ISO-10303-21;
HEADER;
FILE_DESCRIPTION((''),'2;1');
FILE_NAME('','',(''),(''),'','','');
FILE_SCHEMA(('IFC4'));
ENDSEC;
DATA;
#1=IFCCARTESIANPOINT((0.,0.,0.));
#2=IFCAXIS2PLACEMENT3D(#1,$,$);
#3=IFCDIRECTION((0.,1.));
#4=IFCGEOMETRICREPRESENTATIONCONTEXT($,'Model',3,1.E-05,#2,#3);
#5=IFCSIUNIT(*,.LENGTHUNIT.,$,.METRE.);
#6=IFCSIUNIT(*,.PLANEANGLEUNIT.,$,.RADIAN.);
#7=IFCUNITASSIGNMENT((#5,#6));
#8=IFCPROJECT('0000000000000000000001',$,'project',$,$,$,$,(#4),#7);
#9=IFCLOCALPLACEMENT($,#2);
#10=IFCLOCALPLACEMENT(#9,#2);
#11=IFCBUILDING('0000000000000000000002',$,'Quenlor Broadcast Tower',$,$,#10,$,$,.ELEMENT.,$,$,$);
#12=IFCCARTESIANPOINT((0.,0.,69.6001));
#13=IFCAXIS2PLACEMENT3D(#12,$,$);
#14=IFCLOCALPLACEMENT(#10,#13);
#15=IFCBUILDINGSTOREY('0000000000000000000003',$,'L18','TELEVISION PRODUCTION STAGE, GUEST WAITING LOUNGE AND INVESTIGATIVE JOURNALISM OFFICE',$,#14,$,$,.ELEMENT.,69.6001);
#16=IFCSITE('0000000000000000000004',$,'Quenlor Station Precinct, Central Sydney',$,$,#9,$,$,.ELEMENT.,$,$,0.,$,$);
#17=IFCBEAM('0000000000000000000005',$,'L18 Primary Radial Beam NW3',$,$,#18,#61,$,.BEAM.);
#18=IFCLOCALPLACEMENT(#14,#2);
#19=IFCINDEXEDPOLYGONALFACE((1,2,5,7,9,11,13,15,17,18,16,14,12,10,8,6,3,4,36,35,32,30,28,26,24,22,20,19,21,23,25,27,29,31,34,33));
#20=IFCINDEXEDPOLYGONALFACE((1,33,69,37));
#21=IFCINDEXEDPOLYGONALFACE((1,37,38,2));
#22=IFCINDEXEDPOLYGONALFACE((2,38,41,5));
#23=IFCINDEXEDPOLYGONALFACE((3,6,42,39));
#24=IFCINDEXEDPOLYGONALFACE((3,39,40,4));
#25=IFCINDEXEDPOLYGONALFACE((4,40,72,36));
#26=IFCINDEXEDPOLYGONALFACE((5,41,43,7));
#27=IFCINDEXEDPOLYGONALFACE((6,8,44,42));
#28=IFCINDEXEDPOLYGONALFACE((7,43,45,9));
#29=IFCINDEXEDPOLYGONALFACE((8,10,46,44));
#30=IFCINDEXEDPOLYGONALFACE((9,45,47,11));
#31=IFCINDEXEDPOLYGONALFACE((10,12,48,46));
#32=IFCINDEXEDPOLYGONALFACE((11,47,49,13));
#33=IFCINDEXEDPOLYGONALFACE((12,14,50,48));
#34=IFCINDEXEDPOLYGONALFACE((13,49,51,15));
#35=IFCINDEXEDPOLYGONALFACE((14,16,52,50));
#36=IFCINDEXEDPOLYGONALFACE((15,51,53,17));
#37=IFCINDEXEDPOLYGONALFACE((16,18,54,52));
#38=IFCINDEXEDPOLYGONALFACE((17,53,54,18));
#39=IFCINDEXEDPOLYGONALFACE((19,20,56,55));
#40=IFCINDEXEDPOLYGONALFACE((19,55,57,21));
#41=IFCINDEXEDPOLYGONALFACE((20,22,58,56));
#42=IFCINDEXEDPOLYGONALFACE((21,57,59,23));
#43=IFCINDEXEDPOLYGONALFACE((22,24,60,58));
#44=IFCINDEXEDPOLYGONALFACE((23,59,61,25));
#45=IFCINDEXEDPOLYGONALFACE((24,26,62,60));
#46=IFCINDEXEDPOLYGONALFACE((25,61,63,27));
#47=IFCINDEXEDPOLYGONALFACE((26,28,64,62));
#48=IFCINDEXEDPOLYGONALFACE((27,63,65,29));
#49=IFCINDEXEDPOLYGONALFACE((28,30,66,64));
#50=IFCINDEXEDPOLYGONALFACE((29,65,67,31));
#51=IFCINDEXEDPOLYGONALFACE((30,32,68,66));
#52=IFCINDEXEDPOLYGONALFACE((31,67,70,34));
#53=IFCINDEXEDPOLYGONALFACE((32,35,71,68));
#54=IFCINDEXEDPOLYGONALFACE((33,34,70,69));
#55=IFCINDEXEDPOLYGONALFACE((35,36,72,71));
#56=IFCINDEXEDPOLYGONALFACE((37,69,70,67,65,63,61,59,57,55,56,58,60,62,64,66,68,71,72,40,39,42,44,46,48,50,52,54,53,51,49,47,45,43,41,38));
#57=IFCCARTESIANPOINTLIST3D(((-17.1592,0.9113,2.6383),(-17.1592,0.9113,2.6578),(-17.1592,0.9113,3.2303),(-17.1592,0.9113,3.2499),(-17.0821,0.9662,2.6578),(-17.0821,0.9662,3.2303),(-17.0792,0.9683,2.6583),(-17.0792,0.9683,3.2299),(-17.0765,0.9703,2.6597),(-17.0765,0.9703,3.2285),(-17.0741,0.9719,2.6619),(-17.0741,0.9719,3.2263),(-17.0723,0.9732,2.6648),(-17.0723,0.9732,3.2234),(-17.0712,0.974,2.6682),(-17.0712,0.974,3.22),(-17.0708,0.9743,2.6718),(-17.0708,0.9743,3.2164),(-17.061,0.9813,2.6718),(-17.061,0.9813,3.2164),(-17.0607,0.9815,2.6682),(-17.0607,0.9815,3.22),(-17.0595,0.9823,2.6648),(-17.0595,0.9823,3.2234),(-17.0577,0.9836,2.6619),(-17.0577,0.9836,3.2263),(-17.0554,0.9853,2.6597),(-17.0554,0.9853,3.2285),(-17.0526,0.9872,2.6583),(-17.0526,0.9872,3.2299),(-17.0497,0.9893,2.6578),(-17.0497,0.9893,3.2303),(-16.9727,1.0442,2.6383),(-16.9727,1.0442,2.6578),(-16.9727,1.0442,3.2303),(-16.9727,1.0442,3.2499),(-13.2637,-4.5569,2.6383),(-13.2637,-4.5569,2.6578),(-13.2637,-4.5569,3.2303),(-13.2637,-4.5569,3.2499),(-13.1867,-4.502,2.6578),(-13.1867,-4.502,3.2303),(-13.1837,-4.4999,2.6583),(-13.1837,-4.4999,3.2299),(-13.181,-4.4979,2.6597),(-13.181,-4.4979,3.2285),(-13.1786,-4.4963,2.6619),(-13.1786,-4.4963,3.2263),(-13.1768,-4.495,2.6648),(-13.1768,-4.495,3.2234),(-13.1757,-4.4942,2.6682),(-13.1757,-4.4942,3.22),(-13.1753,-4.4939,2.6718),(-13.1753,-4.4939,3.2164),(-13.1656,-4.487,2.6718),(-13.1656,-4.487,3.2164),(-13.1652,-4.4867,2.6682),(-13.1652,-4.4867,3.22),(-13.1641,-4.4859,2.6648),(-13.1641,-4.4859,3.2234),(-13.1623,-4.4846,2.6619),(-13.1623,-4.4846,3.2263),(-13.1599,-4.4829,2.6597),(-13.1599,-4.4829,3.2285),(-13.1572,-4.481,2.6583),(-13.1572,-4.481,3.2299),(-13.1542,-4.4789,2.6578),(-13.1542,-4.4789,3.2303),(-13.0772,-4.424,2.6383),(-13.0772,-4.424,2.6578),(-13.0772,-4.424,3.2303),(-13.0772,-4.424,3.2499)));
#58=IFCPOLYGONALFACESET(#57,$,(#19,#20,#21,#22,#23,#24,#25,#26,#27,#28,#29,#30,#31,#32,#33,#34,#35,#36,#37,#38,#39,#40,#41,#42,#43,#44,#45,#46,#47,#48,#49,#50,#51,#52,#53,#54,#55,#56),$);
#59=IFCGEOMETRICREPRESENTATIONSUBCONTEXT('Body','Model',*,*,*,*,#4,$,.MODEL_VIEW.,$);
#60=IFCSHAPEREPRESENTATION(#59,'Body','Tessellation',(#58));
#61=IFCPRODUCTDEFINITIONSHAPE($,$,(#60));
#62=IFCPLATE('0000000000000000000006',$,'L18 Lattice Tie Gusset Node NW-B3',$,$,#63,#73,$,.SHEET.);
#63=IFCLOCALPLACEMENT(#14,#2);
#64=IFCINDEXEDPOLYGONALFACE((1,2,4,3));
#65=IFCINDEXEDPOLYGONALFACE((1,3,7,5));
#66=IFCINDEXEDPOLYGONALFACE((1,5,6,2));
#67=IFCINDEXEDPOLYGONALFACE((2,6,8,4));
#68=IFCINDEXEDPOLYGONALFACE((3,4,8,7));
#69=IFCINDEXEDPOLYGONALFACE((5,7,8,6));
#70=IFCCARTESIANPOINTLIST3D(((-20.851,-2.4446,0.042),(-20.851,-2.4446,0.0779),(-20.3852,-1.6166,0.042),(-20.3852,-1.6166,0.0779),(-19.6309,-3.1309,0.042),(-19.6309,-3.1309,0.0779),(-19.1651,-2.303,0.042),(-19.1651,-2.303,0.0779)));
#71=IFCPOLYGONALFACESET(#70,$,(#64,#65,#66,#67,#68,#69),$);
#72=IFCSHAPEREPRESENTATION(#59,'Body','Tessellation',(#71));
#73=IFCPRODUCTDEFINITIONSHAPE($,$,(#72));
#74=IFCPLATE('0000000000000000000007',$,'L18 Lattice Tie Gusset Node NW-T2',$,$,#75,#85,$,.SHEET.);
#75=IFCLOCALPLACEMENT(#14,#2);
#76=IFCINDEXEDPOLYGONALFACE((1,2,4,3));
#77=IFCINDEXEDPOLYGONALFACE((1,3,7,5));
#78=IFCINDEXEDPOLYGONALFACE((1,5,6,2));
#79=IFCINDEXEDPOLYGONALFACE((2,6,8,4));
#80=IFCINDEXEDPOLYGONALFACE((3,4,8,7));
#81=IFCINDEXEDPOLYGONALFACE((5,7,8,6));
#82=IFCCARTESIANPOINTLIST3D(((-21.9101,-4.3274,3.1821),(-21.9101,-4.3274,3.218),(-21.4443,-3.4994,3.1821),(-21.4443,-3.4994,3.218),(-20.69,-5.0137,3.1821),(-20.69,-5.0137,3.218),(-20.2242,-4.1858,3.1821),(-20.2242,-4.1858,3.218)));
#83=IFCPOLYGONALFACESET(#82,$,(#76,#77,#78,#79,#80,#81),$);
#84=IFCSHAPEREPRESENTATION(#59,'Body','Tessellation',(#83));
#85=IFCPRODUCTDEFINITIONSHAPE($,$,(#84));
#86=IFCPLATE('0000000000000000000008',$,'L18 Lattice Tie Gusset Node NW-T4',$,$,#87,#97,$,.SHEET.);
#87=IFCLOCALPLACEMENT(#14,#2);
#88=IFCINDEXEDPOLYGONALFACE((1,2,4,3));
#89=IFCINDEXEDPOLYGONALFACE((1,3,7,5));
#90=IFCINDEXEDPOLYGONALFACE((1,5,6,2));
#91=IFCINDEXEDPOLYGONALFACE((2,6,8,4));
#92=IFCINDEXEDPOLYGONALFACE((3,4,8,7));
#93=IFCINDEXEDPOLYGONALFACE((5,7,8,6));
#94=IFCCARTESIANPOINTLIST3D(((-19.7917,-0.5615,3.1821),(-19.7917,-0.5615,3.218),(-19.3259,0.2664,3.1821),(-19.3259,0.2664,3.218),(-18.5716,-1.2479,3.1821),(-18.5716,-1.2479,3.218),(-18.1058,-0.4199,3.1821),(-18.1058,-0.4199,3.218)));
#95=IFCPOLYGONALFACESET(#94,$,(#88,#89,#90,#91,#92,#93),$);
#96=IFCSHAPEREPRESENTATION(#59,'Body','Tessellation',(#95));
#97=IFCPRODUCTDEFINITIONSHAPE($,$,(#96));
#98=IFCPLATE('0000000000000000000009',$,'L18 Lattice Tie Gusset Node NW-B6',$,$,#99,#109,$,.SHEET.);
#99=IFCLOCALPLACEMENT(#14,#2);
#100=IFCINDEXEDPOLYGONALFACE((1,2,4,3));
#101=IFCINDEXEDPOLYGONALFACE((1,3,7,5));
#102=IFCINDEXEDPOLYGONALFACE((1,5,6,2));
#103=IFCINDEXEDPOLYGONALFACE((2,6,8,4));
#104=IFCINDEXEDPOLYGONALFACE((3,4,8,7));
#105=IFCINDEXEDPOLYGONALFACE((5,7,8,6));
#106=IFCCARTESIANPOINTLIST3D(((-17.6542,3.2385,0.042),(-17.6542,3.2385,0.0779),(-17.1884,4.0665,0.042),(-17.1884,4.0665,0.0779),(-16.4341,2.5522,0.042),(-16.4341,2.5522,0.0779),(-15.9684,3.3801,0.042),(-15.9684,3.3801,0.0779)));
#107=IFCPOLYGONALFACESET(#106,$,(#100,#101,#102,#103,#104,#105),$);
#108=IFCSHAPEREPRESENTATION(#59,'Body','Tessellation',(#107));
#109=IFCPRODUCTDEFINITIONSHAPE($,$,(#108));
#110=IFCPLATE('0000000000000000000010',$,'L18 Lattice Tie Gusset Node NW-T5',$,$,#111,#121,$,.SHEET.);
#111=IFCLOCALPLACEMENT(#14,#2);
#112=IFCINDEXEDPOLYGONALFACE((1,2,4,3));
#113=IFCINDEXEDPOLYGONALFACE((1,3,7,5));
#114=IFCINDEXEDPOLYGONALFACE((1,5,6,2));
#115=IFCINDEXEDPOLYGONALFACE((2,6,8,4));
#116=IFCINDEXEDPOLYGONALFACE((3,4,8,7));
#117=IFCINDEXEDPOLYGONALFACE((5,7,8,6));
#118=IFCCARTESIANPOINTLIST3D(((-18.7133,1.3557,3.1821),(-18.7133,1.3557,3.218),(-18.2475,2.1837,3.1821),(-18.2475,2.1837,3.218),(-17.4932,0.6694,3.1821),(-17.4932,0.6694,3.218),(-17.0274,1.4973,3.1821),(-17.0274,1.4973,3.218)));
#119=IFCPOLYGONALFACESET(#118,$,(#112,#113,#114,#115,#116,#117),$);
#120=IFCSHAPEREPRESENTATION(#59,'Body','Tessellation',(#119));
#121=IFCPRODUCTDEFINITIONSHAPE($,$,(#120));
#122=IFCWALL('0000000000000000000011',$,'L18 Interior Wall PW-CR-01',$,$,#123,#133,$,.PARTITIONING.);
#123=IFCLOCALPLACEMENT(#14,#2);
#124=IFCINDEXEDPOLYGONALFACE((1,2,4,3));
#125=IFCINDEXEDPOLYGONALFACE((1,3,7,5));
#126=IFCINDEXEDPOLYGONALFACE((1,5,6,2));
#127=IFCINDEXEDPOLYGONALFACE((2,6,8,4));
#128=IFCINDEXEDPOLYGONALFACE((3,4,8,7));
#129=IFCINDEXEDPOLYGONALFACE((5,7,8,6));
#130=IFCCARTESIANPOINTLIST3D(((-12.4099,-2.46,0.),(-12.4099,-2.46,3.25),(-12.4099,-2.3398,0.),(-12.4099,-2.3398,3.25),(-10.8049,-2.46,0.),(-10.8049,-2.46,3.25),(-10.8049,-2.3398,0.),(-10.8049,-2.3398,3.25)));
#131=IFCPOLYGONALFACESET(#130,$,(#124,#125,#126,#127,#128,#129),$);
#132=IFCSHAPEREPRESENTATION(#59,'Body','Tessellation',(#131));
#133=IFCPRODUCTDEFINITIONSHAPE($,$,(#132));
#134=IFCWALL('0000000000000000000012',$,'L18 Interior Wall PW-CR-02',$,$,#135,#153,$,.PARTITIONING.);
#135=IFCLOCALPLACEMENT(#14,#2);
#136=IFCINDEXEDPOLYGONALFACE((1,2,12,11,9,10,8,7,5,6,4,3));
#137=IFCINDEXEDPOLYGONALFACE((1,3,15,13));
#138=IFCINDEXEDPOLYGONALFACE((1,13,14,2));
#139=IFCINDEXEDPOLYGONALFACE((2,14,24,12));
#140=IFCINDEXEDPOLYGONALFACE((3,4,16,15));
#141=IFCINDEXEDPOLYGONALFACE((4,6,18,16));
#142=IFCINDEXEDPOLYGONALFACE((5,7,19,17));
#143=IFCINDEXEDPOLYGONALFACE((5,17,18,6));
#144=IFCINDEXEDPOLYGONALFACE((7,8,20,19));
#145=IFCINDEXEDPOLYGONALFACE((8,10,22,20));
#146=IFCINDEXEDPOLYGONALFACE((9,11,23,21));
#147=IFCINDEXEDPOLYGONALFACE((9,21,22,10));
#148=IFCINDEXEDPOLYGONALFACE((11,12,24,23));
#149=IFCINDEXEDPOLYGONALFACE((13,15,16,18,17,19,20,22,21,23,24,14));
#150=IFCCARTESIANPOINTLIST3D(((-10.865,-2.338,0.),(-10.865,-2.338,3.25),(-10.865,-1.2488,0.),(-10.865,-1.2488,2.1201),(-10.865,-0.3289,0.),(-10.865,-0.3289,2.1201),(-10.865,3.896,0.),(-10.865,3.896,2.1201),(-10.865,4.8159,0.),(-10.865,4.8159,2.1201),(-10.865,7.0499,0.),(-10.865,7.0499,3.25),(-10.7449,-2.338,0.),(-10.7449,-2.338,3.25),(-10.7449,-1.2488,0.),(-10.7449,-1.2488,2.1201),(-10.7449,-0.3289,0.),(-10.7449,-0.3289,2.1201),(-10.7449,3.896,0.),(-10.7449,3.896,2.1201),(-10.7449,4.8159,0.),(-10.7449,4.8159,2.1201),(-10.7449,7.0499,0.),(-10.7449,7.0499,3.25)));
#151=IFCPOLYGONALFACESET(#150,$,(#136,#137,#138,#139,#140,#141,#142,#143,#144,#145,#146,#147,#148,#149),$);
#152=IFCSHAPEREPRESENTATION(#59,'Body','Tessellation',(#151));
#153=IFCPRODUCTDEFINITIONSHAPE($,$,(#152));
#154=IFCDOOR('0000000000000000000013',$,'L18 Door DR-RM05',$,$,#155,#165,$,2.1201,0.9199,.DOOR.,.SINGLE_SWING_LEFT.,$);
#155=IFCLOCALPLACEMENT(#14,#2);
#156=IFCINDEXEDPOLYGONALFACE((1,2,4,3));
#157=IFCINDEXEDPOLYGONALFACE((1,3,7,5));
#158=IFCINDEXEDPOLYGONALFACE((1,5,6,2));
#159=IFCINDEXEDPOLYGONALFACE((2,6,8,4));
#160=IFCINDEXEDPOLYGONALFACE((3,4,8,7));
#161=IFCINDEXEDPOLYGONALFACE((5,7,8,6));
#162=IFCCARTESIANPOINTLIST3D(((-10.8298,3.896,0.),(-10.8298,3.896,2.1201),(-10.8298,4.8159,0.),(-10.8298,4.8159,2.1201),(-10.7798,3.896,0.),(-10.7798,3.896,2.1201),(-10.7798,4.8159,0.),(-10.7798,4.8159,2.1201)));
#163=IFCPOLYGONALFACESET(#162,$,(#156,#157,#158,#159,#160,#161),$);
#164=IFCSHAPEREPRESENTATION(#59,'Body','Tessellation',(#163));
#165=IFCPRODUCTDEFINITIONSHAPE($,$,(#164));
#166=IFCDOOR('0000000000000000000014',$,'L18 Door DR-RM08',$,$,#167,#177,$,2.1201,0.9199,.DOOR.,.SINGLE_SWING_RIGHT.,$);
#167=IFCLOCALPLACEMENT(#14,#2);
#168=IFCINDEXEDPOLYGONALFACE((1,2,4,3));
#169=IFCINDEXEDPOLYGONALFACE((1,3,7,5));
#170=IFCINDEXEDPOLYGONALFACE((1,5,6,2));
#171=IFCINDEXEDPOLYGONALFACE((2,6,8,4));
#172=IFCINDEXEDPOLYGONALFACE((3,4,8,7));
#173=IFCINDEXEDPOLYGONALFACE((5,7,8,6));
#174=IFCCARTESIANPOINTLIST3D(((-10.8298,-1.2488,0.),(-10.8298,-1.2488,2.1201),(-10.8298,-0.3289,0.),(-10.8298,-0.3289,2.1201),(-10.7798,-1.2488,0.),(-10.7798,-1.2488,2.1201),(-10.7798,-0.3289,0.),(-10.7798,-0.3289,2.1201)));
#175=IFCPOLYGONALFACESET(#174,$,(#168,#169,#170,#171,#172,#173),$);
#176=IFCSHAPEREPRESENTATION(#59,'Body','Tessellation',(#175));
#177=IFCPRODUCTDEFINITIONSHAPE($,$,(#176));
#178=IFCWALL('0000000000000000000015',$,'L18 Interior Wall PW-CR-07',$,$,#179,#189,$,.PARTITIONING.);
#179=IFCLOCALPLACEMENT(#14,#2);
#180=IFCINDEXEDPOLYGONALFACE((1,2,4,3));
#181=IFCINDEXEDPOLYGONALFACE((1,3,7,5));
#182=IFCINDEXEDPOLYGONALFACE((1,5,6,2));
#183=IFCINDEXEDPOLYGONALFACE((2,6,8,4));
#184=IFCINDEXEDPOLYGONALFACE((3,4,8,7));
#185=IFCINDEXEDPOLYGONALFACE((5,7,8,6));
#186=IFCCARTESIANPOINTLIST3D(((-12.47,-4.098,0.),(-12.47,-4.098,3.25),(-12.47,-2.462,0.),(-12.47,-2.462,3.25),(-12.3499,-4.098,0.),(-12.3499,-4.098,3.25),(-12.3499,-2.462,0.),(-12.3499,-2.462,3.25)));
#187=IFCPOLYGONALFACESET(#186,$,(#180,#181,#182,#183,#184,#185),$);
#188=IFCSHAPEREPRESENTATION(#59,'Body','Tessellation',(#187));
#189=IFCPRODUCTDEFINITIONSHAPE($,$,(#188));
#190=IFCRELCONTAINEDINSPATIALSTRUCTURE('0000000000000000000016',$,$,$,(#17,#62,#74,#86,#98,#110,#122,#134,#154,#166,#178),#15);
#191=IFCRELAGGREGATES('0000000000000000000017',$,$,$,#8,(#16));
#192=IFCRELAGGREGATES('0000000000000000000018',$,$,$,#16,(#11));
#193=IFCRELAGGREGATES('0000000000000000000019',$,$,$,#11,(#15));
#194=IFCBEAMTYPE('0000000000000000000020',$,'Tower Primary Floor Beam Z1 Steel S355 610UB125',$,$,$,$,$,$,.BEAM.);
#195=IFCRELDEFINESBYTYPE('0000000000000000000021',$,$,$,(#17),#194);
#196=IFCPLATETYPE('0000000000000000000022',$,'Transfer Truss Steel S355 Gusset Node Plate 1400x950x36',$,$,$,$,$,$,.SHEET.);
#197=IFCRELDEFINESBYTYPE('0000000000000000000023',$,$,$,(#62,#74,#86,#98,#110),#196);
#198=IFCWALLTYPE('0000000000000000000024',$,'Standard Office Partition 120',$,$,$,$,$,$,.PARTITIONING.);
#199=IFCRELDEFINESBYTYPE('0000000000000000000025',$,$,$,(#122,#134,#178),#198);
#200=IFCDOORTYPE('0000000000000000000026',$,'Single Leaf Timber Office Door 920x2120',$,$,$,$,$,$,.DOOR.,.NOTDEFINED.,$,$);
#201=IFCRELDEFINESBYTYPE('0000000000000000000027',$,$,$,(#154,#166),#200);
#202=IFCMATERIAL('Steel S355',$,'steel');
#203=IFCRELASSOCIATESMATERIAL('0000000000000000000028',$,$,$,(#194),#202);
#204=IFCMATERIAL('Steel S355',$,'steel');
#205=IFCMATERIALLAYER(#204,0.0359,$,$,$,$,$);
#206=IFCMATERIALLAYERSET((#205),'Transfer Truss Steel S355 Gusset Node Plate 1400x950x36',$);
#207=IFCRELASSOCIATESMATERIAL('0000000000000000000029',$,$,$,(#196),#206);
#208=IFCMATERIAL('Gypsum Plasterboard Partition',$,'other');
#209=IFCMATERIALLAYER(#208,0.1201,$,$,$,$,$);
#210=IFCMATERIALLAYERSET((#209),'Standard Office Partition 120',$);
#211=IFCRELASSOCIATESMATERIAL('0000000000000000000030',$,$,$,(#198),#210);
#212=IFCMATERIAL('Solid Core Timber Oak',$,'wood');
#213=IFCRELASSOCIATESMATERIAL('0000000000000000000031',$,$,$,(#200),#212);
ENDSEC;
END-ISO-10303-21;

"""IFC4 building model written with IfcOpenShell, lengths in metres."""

from ifc_helpers import new_model, si_unit, direction, frame, frame_2d, origin, origin_2d, place, context, subcontext, project, spatial, rectangle, i_section, extrude, material, layer, layer_set, material_profile, profile_set, type_object, element, fill, save


model = new_model("IFC4")

# Units and contexts
model_context = context("Model", 3, precision=1e-05, world=origin(), true_north=direction((0.0, 1.0)))
body_context = subcontext(model_context, "Body", "Model", "MODEL_VIEW")
ifc_project = project(units=[si_unit("LENGTHUNIT", "METRE"), si_unit("PLANEANGLEUNIT", "RADIAN")], contexts=[model_context])

# Site, building, storey
site_placement = place(None, origin())
site = spatial("IfcSite", under=ifc_project, at=site_placement, Name="Quenlor Station Precinct, Central Sydney", CompositionType="ELEMENT", RefElevation=0.0)
building_placement = place(site_placement, origin())
building = spatial("IfcBuilding", under=site, at=building_placement, Name="Quenlor Broadcast Tower", CompositionType="ELEMENT")
storey_placement = place(building_placement, frame((0.0, 0.0, 69.6001)))
storey = spatial("IfcBuildingStorey", under=building, at=storey_placement, Name="L18", Description="TELEVISION PRODUCTION STAGE, GUEST WAITING LOUNGE AND INVESTIGATIVE JOURNALISM OFFICE", CompositionType="ELEMENT", Elevation=69.6001)

# Beam
ifc_material_1 = material(Name="Steel S355", Category="steel")
ifc_material_profile_1 = material_profile(ifc_material_1, i_section(OverallWidth=0.229, OverallDepth=0.6116, WebThickness=0.012, FlangeThickness=0.0195, FilletRadius=0.0139, at=origin_2d()))
ifc_profile_set_1 = profile_set([ifc_material_profile_1], Name="Steel S355 610UB125")
beam_type_1 = type_object("IfcBeamType", Name="Tower Primary Floor Beam Z1 Steel S355 610UB125", PredefinedType="BEAM", material=ifc_profile_set_1)
beam_1_placement = place(storey_placement, frame((-17.0659, 0.9778, 2.9441), z_axis=(0.580213, -0.814465, 0.0), x_axis=(0.814465, 0.580213, 0.0)))
element("IfcBeam", 1, at=beam_1_placement, inside=storey, type_object=beam_type_1, Name="L18 Primary Radial Beam NW3", PredefinedType="BEAM", context=body_context, shape_type="SweptSolid", body=[
    extrude(i_section(OverallWidth=0.229, OverallDepth=0.6116, WebThickness=0.012, FlangeThickness=0.0195, FilletRadius=0.0139, at=origin_2d()), origin(), (0.0, 0.0, 1.0), 6.7139),
])

# Plates
ifc_material_2 = material(Name="Steel S355", Category="steel")
ifc_layer_1 = layer(ifc_material_2, 0.0359)
ifc_layer_set_1 = layer_set([ifc_layer_1], Name="Transfer Truss Steel S355 Gusset Node Plate 1400x950x36")
plate_type = type_object("IfcPlateType", Name="Transfer Truss Steel S355 Gusset Node Plate 1400x950x36", PredefinedType="SHEET", material=ifc_layer_set_1)
for number, where, z_axis, x_axis, name in (
    (2, (-20.0081, -2.3738, 0.042), (0.0, 0.0, 1.0), (-0.871556, 0.490295, 0.0), "L18 Lattice Tie Gusset Node NW-B3"),
    (3, (-21.0671, -4.2566, 3.1821), (0.0, 0.0, 1.0), (-0.871556, 0.490295, 0.0), "L18 Lattice Tie Gusset Node NW-T2"),
    (4, (-18.9487, -0.4907, 3.1821), (0.0, 0.0, 1.0), (-0.871556, 0.490295, 0.0), "L18 Lattice Tie Gusset Node NW-T4"),
    (5, (-16.8113, 3.3093, 0.042), (0.0, 0.0, 1.0), (-0.871556, 0.490295, 0.0), "L18 Lattice Tie Gusset Node NW-B6"),
    (6, (-17.8704, 1.4265, 3.1821), (0.0, 0.0, 1.0), (-0.871556, 0.490295, 0.0), "L18 Lattice Tie Gusset Node NW-T5"),
):
    element("IfcPlate", number, at=place(storey_placement, frame(where, z_axis=z_axis, x_axis=x_axis)), inside=storey, type_object=plate_type, Name=name, PredefinedType="SHEET", context=body_context, shape_type="SweptSolid", body=[
        extrude(rectangle(XDim=1.3999, YDim=0.95, at=origin_2d()), origin(), (0.0, 0.0, 1.0), 0.0359),
    ])

# Wall
ifc_material_3 = material(Name="Gypsum Plasterboard Partition", Category="other")
ifc_layer_2 = layer(ifc_material_3, 0.1201)
ifc_layer_set_2 = layer_set([ifc_layer_2], Name="Standard Office Partition 120")
wall_type_1 = type_object("IfcWallType", Name="Standard Office Partition 120", PredefinedType="PARTITIONING", material=ifc_layer_set_2)
wall_1_placement = place(storey_placement, frame((-12.4099, -2.3999, 0.0), z_axis=(0.0, 0.0, 1.0), x_axis=(1.0, 0.0, 0.0)))
element("IfcWall", 7, at=wall_1_placement, inside=storey, type_object=wall_type_1, Name="L18 Interior Wall PW-CR-01", PredefinedType="PARTITIONING", context=body_context, shape_type="SweptSolid", body=[
    extrude(rectangle(XDim=1.605, YDim=0.1201, at=frame_2d((0.8025, 0.0))), origin(), (0.0, 0.0, 1.0), 3.25),
])

# Wall, openings, doors
wall_2_placement = place(storey_placement, frame((-10.8049, -2.3379, 0.0), z_axis=(0.0, 0.0, 1.0), x_axis=(0.0, 1.0, 0.0)))
wall_2 = element("IfcWall", 8, at=wall_2_placement, inside=storey, type_object=wall_type_1, Name="L18 Interior Wall PW-CR-02", PredefinedType="PARTITIONING", context=body_context, shape_type="SweptSolid", body=[
    extrude(rectangle(XDim=9.3879, YDim=0.1201, at=frame_2d((4.6938, 0.0))), origin(), (0.0, 0.0, 1.0), 3.25),
])
opening_1_placement = place(wall_2_placement, frame((6.2339, 0.0, 0.0)))
opening_1 = element("IfcOpeningElement", 9, at=opening_1_placement, cuts=wall_2, PredefinedType="OPENING", context=body_context, shape_type="SweptSolid", body=[
    extrude(rectangle(XDim=0.9199, YDim=2.1201, at=frame_2d((0.46, 1.0601))), frame((0.0, 0.0701, 0.0), z_axis=(0.0, -1.0, 0.0), x_axis=(1.0, 0.0, 0.0)), (0.0, 0.0, 1.0), 0.1401),
])
opening_2_placement = place(wall_2_placement, frame((1.0891, 0.0, 0.0)))
opening_2 = element("IfcOpeningElement", 10, at=opening_2_placement, cuts=wall_2, PredefinedType="OPENING", context=body_context, shape_type="SweptSolid", body=[
    extrude(rectangle(XDim=0.9199, YDim=2.1201, at=frame_2d((0.46, 1.0601))), frame((0.0, 0.0701, 0.0), z_axis=(0.0, -1.0, 0.0), x_axis=(1.0, 0.0, 0.0)), (0.0, 0.0, 1.0), 0.1401),
])
ifc_material_4 = material(Name="Solid Core Timber Oak", Category="wood")
door_type = type_object("IfcDoorType", Name="Single Leaf Timber Office Door 920x2120", OperationType="NOTDEFINED", PredefinedType="DOOR", material=ifc_material_4)
door_1_placement = place(opening_1_placement, origin())
door_1 = element("IfcDoor", 11, at=door_1_placement, inside=storey, type_object=door_type, Name="L18 Door DR-RM05", OperationType="SINGLE_SWING_LEFT", OverallHeight=2.1201, OverallWidth=0.9199, PredefinedType="DOOR", context=body_context, shape_type="SweptSolid", body=[
    extrude(rectangle(XDim=0.9199, YDim=2.1201, at=frame_2d((0.46, 1.0601))), frame((0.0, 0.0249, 0.0), z_axis=(0.0, -1.0, 0.0), x_axis=(1.0, 0.0, 0.0)), (0.0, 0.0, 1.0), 0.05),
])
fill(opening_1, door_1)
door_2_placement = place(opening_2_placement, origin())
door_2 = element("IfcDoor", 12, at=door_2_placement, inside=storey, type_object=door_type, Name="L18 Door DR-RM08", OperationType="SINGLE_SWING_RIGHT", OverallHeight=2.1201, OverallWidth=0.9199, PredefinedType="DOOR", context=body_context, shape_type="SweptSolid", body=[
    extrude(rectangle(XDim=0.9199, YDim=2.1201, at=frame_2d((0.46, 1.0601))), frame((0.0, 0.0249, 0.0), z_axis=(0.0, -1.0, 0.0), x_axis=(1.0, 0.0, 0.0)), (0.0, 0.0, 1.0), 0.05),
])
fill(opening_2, door_2)

# Wall
wall_3_placement = place(storey_placement, frame((-12.4099, -4.0979, 0.0), z_axis=(0.0, 0.0, 1.0), x_axis=(0.0, 1.0, 0.0)))
element("IfcWall", 13, at=wall_3_placement, inside=storey, type_object=wall_type_1, Name="L18 Interior Wall PW-CR-07", PredefinedType="PARTITIONING", context=body_context, shape_type="SweptSolid", body=[
    extrude(rectangle(XDim=1.636, YDim=0.1201, at=frame_2d((0.8179, 0.0))), origin(), (0.0, 0.0, 1.0), 3.25),
])

save(model, "model.ifc")
